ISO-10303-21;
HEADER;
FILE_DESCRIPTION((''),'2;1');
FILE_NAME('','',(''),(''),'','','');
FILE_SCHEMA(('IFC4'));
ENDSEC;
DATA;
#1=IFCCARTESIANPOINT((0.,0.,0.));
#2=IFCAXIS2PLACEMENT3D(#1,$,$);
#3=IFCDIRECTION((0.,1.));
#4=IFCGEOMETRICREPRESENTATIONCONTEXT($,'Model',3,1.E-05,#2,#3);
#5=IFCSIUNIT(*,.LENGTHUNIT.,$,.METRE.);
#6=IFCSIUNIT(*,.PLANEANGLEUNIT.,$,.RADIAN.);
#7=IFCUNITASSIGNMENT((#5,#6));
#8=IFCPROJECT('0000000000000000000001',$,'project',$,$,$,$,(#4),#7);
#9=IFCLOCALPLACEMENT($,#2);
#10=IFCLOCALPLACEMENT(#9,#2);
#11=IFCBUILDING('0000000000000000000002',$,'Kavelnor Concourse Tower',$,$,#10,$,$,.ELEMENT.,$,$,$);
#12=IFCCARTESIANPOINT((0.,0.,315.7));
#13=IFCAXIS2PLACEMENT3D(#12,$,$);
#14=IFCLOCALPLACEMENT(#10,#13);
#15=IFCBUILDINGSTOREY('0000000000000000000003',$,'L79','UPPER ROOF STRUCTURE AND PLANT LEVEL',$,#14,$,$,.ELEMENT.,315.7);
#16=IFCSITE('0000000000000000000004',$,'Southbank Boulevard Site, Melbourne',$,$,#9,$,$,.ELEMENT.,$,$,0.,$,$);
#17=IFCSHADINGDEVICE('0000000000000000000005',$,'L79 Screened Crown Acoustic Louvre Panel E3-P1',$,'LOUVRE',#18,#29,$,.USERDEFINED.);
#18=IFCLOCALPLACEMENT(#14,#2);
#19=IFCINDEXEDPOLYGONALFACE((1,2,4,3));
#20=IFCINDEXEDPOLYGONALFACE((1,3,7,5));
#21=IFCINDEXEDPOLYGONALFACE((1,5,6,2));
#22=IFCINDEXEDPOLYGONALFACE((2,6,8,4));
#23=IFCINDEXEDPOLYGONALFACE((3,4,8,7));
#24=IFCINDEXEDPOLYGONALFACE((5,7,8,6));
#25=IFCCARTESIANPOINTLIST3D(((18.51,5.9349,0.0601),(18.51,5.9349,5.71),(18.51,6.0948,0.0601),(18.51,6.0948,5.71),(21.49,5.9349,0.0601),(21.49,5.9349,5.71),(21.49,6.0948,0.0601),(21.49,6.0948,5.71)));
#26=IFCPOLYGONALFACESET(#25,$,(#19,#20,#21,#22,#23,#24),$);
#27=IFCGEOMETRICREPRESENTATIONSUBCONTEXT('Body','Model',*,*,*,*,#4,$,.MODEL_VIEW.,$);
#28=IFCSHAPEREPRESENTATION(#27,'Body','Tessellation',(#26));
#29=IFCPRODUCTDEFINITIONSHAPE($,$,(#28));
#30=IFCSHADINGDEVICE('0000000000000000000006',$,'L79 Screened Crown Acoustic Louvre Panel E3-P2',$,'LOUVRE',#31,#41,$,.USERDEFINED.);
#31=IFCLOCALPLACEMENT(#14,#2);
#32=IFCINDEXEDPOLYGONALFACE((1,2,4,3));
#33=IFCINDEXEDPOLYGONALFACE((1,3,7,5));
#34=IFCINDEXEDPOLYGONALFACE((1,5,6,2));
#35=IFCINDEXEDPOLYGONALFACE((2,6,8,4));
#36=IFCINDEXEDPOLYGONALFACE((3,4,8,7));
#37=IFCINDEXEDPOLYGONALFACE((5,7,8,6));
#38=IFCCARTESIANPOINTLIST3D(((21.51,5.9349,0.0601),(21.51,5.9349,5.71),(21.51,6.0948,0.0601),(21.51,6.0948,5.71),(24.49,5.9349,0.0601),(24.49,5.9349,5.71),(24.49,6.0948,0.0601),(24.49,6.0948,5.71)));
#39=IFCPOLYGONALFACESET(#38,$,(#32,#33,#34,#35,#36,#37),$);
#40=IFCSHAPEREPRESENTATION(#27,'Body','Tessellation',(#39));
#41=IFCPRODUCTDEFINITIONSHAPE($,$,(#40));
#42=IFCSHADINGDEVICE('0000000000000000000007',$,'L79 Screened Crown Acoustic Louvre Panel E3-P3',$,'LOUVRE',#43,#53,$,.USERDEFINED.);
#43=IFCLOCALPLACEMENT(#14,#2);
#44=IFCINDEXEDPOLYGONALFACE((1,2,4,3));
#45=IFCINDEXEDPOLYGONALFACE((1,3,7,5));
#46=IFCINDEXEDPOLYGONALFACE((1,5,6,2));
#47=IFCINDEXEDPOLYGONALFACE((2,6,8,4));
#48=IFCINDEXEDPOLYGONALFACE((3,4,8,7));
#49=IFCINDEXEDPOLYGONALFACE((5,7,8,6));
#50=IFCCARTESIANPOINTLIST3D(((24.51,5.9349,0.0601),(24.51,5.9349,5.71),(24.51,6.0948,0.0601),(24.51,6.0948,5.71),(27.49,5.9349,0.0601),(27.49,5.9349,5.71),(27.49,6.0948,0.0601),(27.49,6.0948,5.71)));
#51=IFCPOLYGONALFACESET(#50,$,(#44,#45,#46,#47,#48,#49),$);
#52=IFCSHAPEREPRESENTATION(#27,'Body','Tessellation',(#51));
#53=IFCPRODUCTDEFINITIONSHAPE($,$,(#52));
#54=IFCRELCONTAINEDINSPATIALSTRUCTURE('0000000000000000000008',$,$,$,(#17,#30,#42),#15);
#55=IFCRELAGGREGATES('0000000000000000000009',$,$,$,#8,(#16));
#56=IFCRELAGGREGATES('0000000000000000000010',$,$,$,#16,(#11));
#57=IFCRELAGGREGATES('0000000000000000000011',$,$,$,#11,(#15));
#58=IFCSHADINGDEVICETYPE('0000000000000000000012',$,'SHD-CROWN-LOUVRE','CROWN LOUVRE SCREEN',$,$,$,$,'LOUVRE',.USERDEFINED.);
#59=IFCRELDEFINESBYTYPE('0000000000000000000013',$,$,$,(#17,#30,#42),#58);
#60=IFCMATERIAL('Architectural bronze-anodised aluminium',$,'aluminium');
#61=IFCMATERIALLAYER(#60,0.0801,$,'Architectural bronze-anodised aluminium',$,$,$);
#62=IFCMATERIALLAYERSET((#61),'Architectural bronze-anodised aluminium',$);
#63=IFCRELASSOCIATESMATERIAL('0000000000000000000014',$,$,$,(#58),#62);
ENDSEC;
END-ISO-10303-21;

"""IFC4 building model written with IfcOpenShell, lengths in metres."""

from ifc_helpers import new_model, si_unit, direction, frame, origin, origin_2d, place, context, subcontext, project, spatial, rectangle, extrude, material, layer, layer_set, type_object, element, save


model = new_model("IFC4")

# Units and contexts
model_context = context("Model", 3, precision=1e-05, world=origin(), true_north=direction((0.0, 1.0)))
body_context = subcontext(model_context, "Body", "Model", "MODEL_VIEW")
ifc_project = project(units=[si_unit("LENGTHUNIT", "METRE"), si_unit("PLANEANGLEUNIT", "RADIAN")], contexts=[model_context])

# Site, building, storey
site_placement = place(None, origin())
site = spatial("IfcSite", under=ifc_project, at=site_placement, Name="Southbank Boulevard Site, Melbourne", CompositionType="ELEMENT", RefElevation=0.0)
building_placement = place(site_placement, origin())
building = spatial("IfcBuilding", under=site, at=building_placement, Name="Kavelnor Concourse Tower", CompositionType="ELEMENT")
storey_placement = place(building_placement, frame((0.0, 0.0, 315.7)))
storey = spatial("IfcBuildingStorey", under=building, at=storey_placement, Name="L79", Description="UPPER ROOF STRUCTURE AND PLANT LEVEL", CompositionType="ELEMENT", Elevation=315.7)

# Shading devices
ifc_material_1 = material(Name="Architectural bronze-anodised aluminium", Category="aluminium")
ifc_layer_1 = layer(ifc_material_1, 0.0801, Name="Architectural bronze-anodised aluminium")
ifc_layer_set_1 = layer_set([ifc_layer_1], Name="Architectural bronze-anodised aluminium")
shading_device_type = type_object("IfcShadingDeviceType", Name="SHD-CROWN-LOUVRE", Description="CROWN LOUVRE SCREEN", ElementType="LOUVRE", PredefinedType="USERDEFINED", material=ifc_layer_set_1)
for number, where, z_axis, x_axis, name in (
    (1, (20.0, 6.0149, 0.0601), (0.0, 0.0, 1.0), (1.0, 0.0, 0.0), "L79 Screened Crown Acoustic Louvre Panel E3-P1"),
    (2, (23.0, 6.0149, 0.0601), (0.0, 0.0, 1.0), (1.0, 0.0, 0.0), "L79 Screened Crown Acoustic Louvre Panel E3-P2"),
    (3, (26.0, 6.0149, 0.0601), (0.0, 0.0, 1.0), (1.0, 0.0, 0.0), "L79 Screened Crown Acoustic Louvre Panel E3-P3"),
):
    element("IfcShadingDevice", number, at=place(storey_placement, frame(where, z_axis=z_axis, x_axis=x_axis)), inside=storey, type_object=shading_device_type, Name=name, ObjectType="LOUVRE", PredefinedType="USERDEFINED", context=body_context, shape_type="SweptSolid", body=[
        extrude(rectangle(XDim=2.98, YDim=0.1599, at=origin_2d()), origin(), (0.0, 0.0, 1.0), 5.6499),
    ])

save(model, "model.ifc")
